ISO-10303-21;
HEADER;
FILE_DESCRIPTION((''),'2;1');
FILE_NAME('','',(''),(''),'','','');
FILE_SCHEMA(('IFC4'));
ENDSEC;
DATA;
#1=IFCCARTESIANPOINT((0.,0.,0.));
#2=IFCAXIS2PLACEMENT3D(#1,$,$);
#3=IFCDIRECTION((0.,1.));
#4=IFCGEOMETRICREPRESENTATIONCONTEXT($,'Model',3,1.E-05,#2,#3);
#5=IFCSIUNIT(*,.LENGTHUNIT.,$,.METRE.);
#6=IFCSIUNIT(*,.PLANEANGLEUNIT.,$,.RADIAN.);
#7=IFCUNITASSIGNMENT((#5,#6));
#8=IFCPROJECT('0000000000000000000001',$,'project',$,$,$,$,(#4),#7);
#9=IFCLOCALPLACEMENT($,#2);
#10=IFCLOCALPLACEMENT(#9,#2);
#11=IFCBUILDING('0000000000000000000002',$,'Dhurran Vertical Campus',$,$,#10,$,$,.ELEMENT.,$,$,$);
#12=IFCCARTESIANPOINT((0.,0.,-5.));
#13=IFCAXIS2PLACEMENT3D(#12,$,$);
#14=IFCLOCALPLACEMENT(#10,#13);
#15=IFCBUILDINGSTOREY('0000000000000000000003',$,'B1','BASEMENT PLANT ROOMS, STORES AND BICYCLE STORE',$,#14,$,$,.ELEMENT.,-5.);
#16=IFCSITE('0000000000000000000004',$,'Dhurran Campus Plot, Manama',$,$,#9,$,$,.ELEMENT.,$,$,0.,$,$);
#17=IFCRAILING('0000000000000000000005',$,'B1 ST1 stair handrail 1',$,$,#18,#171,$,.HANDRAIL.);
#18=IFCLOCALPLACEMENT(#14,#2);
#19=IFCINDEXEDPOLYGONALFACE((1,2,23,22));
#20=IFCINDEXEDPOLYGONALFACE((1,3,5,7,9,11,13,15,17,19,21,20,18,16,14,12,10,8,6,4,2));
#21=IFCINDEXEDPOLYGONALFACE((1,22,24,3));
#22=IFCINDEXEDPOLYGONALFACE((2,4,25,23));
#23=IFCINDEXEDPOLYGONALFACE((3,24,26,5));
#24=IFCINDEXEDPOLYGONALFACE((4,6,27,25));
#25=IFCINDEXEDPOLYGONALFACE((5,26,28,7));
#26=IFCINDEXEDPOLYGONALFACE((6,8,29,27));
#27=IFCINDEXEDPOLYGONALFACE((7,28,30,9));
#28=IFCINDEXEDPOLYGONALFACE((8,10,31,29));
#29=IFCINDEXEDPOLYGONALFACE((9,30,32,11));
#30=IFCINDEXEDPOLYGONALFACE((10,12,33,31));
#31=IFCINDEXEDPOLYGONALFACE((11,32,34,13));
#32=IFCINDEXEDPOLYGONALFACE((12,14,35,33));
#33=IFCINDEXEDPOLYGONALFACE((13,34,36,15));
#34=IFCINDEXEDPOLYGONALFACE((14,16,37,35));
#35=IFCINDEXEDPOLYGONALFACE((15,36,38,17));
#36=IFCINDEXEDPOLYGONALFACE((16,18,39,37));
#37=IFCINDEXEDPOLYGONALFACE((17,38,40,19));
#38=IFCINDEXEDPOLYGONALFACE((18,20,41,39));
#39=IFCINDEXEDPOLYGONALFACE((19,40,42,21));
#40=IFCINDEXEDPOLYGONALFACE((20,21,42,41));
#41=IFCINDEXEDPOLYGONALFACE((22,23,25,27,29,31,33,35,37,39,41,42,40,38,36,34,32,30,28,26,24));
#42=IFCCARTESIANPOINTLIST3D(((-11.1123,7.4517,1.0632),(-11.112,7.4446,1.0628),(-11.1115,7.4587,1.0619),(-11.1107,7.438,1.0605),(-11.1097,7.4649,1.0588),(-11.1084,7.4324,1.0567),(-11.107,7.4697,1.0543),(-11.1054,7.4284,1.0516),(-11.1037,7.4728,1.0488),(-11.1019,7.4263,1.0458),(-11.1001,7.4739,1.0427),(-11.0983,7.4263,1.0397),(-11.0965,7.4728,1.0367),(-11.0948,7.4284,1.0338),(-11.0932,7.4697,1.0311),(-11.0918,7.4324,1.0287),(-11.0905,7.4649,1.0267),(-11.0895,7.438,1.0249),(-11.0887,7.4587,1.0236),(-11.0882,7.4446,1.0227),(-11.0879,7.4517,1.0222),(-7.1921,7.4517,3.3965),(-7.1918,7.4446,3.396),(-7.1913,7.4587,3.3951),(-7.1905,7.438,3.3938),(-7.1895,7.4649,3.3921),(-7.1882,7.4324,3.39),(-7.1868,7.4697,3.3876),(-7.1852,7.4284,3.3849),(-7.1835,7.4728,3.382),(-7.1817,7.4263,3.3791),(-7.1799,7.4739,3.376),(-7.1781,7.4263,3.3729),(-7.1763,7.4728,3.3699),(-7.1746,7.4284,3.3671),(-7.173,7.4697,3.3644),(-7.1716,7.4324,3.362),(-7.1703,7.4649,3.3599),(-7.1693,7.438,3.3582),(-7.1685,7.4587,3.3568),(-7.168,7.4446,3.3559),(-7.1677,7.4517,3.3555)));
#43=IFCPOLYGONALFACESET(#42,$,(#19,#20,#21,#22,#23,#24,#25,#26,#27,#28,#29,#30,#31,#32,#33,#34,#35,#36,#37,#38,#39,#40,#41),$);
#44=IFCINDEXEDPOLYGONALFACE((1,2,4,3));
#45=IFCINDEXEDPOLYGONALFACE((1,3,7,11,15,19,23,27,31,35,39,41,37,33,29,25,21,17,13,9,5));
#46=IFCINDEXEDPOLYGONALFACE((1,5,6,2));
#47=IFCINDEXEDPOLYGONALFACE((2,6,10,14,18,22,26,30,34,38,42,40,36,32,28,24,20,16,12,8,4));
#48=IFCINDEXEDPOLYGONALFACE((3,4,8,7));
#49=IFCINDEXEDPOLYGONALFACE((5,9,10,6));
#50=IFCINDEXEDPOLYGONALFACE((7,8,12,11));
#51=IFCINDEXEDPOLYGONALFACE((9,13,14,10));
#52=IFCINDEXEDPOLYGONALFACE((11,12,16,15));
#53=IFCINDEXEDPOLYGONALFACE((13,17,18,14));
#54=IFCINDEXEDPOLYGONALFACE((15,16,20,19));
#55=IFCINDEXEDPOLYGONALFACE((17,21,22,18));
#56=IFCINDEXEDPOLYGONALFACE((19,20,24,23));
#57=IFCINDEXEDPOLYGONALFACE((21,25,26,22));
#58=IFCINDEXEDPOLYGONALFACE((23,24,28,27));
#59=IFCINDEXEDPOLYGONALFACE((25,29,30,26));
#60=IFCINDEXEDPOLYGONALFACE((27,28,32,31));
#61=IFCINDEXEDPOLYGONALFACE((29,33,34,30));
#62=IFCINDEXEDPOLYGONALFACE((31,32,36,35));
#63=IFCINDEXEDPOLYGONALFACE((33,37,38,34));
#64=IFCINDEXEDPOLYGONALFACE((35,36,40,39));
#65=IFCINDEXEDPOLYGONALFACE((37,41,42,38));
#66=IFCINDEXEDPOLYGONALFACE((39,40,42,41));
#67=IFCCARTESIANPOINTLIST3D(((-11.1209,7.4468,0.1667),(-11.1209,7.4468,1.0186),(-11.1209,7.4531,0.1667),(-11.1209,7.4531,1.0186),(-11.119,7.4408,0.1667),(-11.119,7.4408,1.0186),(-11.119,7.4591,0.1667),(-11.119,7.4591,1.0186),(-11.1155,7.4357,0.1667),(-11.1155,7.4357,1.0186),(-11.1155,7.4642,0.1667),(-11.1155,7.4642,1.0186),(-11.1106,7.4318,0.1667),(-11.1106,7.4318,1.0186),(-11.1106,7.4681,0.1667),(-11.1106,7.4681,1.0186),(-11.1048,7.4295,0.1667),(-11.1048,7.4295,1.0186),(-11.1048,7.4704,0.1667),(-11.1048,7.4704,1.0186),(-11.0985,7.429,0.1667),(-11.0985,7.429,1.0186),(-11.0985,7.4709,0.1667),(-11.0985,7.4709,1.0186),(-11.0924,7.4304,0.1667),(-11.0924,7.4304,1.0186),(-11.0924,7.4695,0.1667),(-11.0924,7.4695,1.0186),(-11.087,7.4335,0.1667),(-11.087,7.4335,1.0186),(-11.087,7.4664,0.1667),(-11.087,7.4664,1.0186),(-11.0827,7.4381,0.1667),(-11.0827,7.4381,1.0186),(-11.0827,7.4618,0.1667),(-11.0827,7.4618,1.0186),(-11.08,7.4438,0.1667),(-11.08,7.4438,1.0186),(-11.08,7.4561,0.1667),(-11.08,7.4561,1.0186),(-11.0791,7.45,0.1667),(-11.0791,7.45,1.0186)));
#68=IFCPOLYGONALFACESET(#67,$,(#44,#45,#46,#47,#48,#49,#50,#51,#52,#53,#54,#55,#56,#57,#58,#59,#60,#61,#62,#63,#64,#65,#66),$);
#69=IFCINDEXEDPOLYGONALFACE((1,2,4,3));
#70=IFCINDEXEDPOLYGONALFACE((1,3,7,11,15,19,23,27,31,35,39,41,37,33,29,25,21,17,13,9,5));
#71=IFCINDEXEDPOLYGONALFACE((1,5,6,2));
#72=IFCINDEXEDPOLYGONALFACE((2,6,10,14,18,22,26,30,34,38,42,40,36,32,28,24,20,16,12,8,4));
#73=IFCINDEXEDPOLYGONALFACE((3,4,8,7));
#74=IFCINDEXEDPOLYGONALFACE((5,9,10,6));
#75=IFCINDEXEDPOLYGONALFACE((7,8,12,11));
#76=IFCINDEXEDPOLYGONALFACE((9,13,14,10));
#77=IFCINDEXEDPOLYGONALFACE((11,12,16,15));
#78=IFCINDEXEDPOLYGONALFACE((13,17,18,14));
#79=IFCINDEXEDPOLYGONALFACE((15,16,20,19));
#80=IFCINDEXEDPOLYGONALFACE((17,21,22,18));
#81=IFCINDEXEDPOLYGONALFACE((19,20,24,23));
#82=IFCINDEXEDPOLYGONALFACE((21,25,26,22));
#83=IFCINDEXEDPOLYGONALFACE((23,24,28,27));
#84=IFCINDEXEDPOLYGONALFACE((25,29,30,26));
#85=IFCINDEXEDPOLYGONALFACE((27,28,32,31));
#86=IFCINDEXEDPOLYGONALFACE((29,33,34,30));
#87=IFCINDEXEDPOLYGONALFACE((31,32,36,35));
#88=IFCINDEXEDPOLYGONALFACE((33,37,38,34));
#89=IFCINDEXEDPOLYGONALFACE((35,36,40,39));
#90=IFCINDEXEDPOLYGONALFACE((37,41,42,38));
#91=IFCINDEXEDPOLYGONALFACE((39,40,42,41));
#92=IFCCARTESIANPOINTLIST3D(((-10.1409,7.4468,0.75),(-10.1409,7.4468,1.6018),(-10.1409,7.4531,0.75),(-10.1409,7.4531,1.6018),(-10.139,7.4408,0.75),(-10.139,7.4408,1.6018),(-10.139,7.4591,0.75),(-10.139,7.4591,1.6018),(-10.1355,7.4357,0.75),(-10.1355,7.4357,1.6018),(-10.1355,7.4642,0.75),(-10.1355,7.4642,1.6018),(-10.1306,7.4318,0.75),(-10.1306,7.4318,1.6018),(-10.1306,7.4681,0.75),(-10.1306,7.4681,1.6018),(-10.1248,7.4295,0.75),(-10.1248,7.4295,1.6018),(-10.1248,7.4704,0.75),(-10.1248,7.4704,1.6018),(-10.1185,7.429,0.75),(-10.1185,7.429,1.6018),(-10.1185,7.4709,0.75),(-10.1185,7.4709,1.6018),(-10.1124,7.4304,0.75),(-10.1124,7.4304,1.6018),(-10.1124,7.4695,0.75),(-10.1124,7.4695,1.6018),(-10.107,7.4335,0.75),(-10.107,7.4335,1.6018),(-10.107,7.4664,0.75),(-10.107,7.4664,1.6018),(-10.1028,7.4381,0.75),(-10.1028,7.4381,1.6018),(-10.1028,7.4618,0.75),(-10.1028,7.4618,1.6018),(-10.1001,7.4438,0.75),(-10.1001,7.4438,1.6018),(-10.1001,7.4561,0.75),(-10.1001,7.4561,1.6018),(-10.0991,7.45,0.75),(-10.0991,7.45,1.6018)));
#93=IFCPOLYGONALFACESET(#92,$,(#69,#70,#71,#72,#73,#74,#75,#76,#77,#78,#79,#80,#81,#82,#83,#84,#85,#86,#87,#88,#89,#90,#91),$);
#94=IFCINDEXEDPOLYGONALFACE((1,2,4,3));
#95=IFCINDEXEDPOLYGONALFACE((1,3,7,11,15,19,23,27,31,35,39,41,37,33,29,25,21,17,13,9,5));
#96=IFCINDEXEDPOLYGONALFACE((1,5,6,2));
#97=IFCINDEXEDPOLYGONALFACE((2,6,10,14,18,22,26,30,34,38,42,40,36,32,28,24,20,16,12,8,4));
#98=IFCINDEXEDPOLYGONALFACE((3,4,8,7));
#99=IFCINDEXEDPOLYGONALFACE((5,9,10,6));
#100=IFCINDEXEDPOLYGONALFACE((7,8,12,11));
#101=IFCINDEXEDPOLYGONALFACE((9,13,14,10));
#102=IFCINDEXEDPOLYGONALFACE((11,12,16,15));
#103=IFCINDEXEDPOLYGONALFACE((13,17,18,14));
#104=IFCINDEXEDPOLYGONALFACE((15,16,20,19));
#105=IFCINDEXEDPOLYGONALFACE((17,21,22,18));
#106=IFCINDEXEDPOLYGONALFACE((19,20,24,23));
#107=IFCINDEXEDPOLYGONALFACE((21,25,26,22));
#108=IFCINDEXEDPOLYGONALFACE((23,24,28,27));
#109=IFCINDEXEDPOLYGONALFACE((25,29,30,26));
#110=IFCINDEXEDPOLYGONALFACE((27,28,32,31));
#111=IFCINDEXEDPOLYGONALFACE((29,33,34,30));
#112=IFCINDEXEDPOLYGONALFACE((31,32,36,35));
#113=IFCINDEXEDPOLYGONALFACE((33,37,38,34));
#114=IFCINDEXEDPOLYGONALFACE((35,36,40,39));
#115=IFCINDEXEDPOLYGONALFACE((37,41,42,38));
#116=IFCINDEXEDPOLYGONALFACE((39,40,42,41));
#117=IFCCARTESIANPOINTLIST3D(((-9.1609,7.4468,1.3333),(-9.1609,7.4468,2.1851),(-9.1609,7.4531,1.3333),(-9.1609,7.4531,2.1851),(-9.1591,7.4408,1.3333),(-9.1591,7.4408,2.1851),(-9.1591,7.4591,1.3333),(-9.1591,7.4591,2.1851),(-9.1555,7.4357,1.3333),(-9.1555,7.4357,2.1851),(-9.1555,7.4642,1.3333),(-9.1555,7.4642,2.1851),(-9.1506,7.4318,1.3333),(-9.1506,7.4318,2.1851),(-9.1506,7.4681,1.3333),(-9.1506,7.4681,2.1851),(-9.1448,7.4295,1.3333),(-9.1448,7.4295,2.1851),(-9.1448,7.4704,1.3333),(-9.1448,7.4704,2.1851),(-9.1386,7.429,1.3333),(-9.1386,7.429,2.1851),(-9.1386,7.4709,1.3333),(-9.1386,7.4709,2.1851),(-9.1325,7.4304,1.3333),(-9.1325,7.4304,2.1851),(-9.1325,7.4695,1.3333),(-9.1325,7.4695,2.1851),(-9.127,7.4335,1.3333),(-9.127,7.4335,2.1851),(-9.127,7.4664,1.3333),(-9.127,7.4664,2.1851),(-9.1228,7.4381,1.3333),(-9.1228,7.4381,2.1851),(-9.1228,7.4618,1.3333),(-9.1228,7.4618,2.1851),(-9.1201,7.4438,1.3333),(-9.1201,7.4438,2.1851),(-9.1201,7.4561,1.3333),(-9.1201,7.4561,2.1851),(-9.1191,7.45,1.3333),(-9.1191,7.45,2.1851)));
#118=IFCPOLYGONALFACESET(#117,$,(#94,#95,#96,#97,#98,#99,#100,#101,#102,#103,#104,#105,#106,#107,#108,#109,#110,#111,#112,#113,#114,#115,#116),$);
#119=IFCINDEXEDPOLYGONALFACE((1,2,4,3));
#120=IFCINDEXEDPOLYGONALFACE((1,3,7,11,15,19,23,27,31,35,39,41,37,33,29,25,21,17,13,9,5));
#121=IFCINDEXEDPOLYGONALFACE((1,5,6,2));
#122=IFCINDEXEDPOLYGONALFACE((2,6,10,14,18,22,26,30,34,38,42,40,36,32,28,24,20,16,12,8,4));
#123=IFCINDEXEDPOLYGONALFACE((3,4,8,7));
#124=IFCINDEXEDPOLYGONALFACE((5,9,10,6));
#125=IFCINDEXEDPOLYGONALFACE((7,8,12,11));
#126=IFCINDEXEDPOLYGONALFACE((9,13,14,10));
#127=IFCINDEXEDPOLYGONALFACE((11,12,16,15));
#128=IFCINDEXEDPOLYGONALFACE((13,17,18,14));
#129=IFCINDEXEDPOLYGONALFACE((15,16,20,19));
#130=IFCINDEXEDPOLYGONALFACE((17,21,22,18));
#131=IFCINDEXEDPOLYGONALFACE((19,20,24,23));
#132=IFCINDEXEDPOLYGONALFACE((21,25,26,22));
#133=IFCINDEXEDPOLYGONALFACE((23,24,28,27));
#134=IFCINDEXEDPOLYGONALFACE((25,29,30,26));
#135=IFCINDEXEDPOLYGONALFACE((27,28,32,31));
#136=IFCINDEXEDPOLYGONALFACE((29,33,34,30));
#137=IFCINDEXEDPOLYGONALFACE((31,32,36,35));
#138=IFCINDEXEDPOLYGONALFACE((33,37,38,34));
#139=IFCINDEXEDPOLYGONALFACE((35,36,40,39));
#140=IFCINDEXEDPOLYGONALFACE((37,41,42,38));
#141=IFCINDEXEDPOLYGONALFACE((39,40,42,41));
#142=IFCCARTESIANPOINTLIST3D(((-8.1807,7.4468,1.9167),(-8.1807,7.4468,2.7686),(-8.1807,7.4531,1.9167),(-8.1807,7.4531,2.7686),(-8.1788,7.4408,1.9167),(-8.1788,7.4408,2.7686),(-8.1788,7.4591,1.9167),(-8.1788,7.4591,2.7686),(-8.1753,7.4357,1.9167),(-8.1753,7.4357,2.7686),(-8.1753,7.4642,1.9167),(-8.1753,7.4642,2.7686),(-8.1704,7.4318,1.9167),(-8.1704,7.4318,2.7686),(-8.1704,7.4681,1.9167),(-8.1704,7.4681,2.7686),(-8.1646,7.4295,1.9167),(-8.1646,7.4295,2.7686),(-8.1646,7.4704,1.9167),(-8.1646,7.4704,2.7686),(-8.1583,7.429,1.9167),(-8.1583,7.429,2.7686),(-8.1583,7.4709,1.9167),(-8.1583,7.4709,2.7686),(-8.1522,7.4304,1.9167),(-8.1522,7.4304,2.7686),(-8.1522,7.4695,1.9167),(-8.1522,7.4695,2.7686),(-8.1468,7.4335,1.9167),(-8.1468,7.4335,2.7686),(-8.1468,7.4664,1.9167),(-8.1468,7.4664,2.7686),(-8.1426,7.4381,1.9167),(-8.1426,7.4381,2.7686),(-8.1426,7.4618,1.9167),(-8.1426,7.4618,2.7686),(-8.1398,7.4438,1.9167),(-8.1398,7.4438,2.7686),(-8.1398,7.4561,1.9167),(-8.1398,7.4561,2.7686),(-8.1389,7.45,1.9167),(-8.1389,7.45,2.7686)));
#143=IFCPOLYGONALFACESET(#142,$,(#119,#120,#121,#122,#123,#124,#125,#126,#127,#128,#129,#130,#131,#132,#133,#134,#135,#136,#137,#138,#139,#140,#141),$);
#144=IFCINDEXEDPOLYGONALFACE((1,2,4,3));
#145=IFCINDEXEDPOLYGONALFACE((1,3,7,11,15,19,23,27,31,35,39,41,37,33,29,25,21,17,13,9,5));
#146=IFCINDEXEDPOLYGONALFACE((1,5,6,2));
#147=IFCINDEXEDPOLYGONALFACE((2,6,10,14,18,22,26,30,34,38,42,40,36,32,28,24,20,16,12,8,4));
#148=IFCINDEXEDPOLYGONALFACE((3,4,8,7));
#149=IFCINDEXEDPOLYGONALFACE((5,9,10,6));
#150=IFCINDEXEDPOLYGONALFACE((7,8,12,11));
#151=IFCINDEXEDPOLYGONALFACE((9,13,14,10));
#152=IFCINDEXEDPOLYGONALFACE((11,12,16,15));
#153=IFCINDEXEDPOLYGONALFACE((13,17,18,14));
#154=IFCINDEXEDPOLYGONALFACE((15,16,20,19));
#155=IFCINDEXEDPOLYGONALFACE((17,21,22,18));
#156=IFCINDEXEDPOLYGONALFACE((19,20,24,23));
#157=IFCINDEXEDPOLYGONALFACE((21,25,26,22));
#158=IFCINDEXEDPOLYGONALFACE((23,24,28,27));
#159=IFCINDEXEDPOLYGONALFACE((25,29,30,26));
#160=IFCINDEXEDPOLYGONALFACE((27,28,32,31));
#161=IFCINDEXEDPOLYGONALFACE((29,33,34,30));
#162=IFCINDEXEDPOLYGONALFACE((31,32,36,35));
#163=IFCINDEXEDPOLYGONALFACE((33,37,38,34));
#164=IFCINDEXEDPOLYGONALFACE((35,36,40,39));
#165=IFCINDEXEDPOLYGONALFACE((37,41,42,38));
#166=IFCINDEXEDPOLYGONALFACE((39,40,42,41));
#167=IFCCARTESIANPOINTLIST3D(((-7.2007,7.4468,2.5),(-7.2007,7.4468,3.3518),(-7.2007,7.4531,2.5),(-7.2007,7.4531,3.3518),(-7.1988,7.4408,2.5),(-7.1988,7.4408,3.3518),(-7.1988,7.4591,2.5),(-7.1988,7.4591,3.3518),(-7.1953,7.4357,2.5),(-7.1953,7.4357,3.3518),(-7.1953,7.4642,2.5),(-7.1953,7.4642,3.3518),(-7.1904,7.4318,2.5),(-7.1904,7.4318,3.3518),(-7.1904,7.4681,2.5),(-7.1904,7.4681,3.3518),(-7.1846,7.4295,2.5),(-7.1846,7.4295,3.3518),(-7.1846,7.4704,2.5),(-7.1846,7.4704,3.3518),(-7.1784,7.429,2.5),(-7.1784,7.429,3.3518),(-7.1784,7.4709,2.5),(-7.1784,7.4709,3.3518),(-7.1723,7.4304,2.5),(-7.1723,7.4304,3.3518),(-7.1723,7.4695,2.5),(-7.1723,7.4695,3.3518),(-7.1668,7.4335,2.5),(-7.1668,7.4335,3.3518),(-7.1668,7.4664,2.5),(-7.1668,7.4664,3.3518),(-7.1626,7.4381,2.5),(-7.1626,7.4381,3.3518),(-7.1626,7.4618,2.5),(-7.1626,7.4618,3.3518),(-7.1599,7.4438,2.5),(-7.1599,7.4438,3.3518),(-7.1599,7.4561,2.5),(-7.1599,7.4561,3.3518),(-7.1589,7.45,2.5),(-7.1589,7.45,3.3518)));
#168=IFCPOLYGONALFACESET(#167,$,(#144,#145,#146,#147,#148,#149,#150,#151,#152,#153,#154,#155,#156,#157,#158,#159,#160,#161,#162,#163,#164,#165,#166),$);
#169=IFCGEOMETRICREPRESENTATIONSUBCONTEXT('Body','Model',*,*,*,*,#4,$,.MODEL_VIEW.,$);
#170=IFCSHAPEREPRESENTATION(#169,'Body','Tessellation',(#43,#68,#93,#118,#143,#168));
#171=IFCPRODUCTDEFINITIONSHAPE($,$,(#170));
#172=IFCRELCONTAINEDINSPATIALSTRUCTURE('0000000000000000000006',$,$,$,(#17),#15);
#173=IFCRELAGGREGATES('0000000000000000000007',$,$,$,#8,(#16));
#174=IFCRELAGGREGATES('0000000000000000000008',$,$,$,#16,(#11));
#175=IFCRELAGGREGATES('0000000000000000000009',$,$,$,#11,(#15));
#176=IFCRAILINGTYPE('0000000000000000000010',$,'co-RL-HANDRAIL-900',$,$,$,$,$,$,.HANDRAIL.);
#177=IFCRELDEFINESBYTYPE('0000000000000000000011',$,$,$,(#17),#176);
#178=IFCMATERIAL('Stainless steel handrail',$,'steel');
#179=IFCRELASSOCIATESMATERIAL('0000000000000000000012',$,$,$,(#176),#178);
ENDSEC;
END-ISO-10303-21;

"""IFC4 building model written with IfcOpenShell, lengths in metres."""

from ifc_helpers import new_model, si_unit, direction, frame, origin, origin_2d, place, context, subcontext, project, spatial, circle, extrude, material, type_object, element, save


model = new_model("IFC4")

# Units and contexts
model_context = context("Model", 3, precision=1e-05, world=origin(), true_north=direction((0.0, 1.0)))
body_context = subcontext(model_context, "Body", "Model", "MODEL_VIEW")
ifc_project = project(units=[si_unit("LENGTHUNIT", "METRE"), si_unit("PLANEANGLEUNIT", "RADIAN")], contexts=[model_context])

# Site, building, storey
site_placement = place(None, origin())
site = spatial("IfcSite", under=ifc_project, at=site_placement, Name="Dhurran Campus Plot, Manama", CompositionType="ELEMENT", RefElevation=0.0)
building_placement = place(site_placement, origin())
building = spatial("IfcBuilding", under=site, at=building_placement, Name="Dhurran Vertical Campus", CompositionType="ELEMENT")
storey_placement = place(building_placement, frame((0.0, 0.0, -5.0)))
storey = spatial("IfcBuildingStorey", under=building, at=storey_placement, Name="B1", Description="BASEMENT PLANT ROOMS, STORES AND BICYCLE STORE", CompositionType="ELEMENT", Elevation=-5.0)

# Railing
ifc_material_1 = material(Name="Stainless steel handrail", Category="steel")
railing_type = type_object("IfcRailingType", Name="co-RL-HANDRAIL-900", PredefinedType="HANDRAIL", material=ifc_material_1)
railing_placement = place(storey_placement, frame((-11.1001, 7.45, 0.1667)))
element("IfcRailing", 1, at=railing_placement, inside=storey, type_object=railing_type, Name="B1 ST1 stair handrail 1", PredefinedType="HANDRAIL", context=body_context, shape_type="SweptSolid", body=[
    extrude(circle(Radius=0.0239, at=origin_2d()), frame((0.0, 0.0, 0.876), z_axis=(0.85931, 0.0, 0.511455), x_axis=(0.0, 1.0, 0.0)), (0.0, 0.0, 1.0), 4.562),
    extrude(circle(Radius=0.021, at=origin_2d()), origin(), (0.0, 0.0, 1.0), 0.8518),
    extrude(circle(Radius=0.021, at=origin_2d()), frame((0.98, 0.0, 0.5833)), (0.0, 0.0, 1.0), 0.8518),
    extrude(circle(Radius=0.021, at=origin_2d()), frame((1.96, 0.0, 1.1665)), (0.0, 0.0, 1.0), 0.8518),
    extrude(circle(Radius=0.021, at=origin_2d()), frame((2.9402, 0.0, 1.75)), (0.0, 0.0, 1.0), 0.8518),
    extrude(circle(Radius=0.021, at=origin_2d()), frame((3.9202, 0.0, 2.3333)), (0.0, 0.0, 1.0), 0.8518),
])

save(model, "model.ifc")
